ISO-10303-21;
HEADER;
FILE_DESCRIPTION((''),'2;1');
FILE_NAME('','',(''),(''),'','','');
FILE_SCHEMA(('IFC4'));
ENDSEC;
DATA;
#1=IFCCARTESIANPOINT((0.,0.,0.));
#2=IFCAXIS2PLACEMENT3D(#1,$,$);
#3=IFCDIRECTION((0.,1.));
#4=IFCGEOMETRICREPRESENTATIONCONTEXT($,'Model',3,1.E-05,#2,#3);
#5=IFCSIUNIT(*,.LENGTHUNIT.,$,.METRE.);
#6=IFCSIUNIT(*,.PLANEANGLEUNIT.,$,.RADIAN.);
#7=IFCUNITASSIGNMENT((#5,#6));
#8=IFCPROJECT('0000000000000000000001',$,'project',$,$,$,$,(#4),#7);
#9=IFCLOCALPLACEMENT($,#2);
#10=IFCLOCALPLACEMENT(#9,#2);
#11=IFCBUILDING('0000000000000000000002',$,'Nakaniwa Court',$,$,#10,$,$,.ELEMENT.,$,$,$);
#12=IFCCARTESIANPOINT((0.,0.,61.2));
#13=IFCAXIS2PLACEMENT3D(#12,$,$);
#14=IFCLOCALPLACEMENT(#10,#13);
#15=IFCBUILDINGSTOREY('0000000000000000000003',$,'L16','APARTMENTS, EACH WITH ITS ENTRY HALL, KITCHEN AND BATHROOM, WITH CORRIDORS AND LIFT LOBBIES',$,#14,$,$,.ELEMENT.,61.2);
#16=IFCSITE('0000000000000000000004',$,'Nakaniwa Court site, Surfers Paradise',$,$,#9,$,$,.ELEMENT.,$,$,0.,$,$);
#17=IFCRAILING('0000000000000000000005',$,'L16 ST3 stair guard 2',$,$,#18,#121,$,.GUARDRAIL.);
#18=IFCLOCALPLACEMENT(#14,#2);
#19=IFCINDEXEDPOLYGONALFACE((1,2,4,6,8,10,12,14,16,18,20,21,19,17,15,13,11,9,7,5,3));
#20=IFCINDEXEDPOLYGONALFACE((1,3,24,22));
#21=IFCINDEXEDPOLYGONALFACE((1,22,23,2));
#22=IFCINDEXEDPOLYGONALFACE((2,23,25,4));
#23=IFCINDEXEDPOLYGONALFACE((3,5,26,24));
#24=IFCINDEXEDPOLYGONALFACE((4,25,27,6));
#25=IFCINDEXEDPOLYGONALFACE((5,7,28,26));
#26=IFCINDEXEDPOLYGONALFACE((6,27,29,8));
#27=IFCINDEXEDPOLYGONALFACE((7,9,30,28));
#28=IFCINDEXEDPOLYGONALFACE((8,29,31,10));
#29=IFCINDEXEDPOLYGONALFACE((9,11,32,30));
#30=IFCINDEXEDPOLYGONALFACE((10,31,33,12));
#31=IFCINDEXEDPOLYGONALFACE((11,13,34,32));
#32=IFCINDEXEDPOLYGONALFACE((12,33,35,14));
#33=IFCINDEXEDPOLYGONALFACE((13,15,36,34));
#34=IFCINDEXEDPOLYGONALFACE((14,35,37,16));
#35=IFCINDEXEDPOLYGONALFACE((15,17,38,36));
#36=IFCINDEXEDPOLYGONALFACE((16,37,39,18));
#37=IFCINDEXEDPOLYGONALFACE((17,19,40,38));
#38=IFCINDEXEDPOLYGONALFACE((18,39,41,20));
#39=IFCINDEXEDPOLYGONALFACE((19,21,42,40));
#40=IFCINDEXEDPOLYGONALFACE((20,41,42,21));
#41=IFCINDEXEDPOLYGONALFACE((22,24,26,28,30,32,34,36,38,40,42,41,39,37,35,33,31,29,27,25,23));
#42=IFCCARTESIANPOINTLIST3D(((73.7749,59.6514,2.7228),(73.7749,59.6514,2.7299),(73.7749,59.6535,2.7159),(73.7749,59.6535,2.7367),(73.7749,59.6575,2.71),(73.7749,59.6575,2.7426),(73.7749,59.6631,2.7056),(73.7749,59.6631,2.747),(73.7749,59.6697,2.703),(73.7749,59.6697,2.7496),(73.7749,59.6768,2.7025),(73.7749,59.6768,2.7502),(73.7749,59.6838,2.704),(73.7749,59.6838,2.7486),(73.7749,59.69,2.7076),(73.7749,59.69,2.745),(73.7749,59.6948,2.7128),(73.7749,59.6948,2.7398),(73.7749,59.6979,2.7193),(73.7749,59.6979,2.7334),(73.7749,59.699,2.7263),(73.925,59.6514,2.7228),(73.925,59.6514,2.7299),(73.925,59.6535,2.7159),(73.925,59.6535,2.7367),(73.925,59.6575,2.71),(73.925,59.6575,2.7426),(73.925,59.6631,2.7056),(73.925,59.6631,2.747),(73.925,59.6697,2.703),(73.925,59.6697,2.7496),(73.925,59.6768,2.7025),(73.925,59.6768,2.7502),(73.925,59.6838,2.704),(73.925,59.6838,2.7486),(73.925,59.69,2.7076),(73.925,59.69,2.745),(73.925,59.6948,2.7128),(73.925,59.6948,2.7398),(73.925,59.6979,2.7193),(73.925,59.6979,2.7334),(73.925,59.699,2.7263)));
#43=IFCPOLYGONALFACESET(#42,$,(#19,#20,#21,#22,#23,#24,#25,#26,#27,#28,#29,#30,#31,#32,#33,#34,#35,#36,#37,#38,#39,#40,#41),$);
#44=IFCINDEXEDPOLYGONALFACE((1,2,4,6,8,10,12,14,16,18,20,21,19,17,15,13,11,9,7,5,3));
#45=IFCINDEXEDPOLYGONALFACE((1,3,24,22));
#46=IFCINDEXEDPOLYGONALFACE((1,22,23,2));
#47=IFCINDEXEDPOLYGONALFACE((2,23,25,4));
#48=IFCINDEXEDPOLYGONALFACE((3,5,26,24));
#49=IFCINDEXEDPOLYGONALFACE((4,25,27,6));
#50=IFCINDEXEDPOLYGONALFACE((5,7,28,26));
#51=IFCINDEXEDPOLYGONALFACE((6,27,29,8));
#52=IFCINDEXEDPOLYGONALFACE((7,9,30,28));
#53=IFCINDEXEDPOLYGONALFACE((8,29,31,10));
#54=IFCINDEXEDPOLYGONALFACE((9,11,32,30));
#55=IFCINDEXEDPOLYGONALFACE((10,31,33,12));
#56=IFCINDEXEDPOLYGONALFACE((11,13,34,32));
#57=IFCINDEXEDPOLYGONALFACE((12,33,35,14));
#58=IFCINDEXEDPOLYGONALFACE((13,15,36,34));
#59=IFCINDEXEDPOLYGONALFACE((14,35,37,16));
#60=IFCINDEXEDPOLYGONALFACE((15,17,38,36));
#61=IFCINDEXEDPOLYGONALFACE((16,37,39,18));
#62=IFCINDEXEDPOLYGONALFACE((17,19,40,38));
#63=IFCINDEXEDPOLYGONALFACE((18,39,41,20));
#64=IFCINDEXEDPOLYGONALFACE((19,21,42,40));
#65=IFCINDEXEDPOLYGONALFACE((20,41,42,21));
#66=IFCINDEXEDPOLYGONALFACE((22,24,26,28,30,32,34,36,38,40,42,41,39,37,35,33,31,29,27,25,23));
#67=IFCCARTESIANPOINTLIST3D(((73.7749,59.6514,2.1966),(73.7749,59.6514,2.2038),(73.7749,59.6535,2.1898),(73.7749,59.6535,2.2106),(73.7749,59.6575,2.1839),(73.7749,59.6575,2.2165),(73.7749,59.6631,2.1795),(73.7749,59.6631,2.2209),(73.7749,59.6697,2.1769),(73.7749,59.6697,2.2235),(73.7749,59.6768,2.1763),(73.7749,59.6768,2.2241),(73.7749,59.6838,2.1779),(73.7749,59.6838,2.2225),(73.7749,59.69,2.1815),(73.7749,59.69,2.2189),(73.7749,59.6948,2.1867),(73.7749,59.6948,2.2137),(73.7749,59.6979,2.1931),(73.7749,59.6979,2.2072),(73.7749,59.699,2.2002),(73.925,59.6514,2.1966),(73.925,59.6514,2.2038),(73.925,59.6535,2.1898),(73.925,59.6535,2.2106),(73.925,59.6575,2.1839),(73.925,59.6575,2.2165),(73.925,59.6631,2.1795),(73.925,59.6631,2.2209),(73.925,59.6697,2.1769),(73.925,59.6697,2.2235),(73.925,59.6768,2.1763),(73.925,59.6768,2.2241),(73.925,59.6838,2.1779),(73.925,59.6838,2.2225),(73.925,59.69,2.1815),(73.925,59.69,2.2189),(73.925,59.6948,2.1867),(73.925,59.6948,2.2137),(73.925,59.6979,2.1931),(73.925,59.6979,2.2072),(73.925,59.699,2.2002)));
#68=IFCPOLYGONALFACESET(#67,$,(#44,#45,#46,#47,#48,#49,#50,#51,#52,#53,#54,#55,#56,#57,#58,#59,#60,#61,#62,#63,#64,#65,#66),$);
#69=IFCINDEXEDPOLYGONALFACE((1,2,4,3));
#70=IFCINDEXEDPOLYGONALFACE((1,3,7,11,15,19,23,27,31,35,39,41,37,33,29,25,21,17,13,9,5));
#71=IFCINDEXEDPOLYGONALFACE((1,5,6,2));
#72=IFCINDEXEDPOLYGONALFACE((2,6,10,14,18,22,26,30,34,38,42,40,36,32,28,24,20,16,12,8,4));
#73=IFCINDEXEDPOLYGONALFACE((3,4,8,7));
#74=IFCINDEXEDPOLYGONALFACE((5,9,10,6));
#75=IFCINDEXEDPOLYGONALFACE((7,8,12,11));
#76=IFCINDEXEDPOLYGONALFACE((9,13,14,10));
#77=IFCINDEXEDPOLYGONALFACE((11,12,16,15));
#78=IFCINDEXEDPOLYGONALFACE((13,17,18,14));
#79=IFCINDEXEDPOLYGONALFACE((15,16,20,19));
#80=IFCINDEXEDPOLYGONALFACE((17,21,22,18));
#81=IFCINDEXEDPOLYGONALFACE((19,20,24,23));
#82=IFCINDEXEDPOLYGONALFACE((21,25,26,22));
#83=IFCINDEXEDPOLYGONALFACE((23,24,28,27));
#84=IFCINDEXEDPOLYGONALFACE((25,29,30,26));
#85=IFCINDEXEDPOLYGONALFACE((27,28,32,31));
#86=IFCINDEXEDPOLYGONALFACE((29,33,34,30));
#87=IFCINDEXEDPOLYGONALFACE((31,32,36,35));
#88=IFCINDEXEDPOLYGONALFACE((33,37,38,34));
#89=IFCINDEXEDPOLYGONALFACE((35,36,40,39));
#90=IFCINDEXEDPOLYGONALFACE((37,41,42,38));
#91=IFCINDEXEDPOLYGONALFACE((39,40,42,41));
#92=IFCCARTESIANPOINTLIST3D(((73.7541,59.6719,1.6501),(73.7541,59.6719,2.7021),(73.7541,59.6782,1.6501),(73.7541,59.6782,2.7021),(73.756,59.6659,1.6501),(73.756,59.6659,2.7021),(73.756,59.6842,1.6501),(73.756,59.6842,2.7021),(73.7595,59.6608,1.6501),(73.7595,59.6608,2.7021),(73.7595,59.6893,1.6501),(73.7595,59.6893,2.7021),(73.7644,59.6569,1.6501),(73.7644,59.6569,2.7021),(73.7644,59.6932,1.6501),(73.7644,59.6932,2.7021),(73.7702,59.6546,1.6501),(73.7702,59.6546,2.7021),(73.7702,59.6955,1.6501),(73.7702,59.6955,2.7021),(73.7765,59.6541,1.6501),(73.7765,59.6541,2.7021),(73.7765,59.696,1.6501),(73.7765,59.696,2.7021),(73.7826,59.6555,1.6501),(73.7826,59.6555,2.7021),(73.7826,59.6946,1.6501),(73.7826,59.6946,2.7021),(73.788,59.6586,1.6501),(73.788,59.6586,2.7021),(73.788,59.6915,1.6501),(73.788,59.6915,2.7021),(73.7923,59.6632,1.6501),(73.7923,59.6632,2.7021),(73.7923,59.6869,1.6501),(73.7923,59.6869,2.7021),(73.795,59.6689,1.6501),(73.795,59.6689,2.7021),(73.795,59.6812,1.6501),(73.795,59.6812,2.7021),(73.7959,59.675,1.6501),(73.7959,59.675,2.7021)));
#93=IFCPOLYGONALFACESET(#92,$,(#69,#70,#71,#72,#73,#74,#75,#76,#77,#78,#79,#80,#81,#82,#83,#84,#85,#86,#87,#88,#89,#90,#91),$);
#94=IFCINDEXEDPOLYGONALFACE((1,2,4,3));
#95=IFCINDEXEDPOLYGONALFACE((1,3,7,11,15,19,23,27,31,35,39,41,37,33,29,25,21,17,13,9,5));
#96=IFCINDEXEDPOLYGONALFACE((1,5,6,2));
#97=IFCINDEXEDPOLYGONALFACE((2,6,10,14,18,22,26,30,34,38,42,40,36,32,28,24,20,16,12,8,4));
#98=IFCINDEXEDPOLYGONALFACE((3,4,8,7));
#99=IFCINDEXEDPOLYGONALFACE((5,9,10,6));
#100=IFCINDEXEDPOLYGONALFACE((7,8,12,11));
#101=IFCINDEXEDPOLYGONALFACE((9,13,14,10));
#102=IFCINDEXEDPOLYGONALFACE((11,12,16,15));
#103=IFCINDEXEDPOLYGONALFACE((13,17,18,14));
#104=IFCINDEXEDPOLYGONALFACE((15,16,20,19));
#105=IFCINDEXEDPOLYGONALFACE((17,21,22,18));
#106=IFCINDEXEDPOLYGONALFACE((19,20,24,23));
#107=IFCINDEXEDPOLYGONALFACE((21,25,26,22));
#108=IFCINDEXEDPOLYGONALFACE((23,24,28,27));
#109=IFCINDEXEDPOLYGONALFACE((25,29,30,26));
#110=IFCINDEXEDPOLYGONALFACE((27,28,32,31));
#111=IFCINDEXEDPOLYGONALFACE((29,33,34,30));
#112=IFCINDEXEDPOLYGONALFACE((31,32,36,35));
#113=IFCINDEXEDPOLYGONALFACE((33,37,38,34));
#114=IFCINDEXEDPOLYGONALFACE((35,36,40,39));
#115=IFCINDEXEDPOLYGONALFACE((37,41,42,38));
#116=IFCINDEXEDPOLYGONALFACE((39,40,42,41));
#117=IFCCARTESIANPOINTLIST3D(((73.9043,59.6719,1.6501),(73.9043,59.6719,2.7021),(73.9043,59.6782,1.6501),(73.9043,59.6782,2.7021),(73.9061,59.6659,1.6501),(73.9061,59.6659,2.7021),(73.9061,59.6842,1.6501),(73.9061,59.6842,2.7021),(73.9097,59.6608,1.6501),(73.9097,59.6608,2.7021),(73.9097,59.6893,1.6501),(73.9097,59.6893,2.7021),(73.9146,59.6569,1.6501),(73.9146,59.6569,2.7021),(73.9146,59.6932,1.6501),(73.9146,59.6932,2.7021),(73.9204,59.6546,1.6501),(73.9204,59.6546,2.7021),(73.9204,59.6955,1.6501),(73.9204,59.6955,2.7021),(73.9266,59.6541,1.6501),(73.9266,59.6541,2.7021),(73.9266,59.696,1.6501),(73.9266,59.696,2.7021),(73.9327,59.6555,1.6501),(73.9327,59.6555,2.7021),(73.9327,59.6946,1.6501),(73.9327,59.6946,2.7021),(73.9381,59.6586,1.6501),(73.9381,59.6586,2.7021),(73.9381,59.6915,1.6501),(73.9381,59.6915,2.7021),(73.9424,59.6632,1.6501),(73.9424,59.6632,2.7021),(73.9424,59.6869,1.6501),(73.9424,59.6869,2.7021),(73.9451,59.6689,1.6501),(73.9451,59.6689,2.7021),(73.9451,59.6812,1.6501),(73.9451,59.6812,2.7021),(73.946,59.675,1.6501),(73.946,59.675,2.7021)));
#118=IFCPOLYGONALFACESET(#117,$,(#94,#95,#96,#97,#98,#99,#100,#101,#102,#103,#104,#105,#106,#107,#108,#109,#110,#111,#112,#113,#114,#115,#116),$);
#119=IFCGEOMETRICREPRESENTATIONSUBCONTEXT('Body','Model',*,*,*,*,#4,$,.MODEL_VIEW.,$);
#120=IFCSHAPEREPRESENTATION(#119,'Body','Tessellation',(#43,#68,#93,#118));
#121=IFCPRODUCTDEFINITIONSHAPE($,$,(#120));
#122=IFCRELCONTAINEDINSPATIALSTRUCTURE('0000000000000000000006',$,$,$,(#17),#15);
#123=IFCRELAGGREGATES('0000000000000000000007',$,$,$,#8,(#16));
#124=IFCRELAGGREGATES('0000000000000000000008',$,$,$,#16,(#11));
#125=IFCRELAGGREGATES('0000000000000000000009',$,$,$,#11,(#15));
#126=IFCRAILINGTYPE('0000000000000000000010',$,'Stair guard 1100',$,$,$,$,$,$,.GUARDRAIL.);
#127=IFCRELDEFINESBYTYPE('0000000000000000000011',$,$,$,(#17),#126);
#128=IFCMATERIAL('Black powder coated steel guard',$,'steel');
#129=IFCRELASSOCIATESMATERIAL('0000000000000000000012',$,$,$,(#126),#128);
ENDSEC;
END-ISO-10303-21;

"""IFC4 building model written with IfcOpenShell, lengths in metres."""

from ifc_helpers import new_model, si_unit, direction, frame, origin, origin_2d, place, context, subcontext, project, spatial, circle, extrude, material, type_object, element, save


model = new_model("IFC4")

# Units and contexts
model_context = context("Model", 3, precision=1e-05, world=origin(), true_north=direction((0.0, 1.0)))
body_context = subcontext(model_context, "Body", "Model", "MODEL_VIEW")
ifc_project = project(units=[si_unit("LENGTHUNIT", "METRE"), si_unit("PLANEANGLEUNIT", "RADIAN")], contexts=[model_context])

# Site, building, storey
site_placement = place(None, origin())
site = spatial("IfcSite", under=ifc_project, at=site_placement, Name="Nakaniwa Court site, Surfers Paradise", CompositionType="ELEMENT", RefElevation=0.0)
building_placement = place(site_placement, origin())
building = spatial("IfcBuilding", under=site, at=building_placement, Name="Nakaniwa Court", CompositionType="ELEMENT")
storey_placement = place(building_placement, frame((0.0, 0.0, 61.2)))
storey = spatial("IfcBuildingStorey", under=building, at=storey_placement, Name="L16", Description="APARTMENTS, EACH WITH ITS ENTRY HALL, KITCHEN AND BATHROOM, WITH CORRIDORS AND LIFT LOBBIES", CompositionType="ELEMENT", Elevation=61.2)

# Railing
ifc_material_1 = material(Name="Black powder coated steel guard", Category="steel")
railing_type_1 = type_object("IfcRailingType", Name="Stair guard 1100", PredefinedType="GUARDRAIL", material=ifc_material_1)
railing_1_placement = place(storey_placement, frame((73.7749, 59.675, 1.6501)))
element("IfcRailing", 1, at=railing_1_placement, inside=storey, type_object=railing_type_1, Name="L16 ST3 stair guard 2", PredefinedType="GUARDRAIL", context=body_context, shape_type="SweptSolid", body=[
    extrude(circle(Radius=0.0239, at=origin_2d()), frame((0.0, 0.0, 1.0762), z_axis=(1.0, 0.0, 0.0), x_axis=(0.0, 1.0, 0.0)), (0.0, 0.0, 1.0), 0.1501),
    extrude(circle(Radius=0.0239, at=origin_2d()), frame((0.0, 0.0, 0.55), z_axis=(1.0, 0.0, 0.0), x_axis=(0.0, 1.0, 0.0)), (0.0, 0.0, 1.0), 0.1501),
    extrude(circle(Radius=0.021, at=origin_2d()), origin(), (0.0, 0.0, 1.0), 1.052),
    extrude(circle(Radius=0.021, at=origin_2d()), frame((0.1501, 0.0, 0.0)), (0.0, 0.0, 1.0), 1.052),
])

save(model, "model.ifc")
